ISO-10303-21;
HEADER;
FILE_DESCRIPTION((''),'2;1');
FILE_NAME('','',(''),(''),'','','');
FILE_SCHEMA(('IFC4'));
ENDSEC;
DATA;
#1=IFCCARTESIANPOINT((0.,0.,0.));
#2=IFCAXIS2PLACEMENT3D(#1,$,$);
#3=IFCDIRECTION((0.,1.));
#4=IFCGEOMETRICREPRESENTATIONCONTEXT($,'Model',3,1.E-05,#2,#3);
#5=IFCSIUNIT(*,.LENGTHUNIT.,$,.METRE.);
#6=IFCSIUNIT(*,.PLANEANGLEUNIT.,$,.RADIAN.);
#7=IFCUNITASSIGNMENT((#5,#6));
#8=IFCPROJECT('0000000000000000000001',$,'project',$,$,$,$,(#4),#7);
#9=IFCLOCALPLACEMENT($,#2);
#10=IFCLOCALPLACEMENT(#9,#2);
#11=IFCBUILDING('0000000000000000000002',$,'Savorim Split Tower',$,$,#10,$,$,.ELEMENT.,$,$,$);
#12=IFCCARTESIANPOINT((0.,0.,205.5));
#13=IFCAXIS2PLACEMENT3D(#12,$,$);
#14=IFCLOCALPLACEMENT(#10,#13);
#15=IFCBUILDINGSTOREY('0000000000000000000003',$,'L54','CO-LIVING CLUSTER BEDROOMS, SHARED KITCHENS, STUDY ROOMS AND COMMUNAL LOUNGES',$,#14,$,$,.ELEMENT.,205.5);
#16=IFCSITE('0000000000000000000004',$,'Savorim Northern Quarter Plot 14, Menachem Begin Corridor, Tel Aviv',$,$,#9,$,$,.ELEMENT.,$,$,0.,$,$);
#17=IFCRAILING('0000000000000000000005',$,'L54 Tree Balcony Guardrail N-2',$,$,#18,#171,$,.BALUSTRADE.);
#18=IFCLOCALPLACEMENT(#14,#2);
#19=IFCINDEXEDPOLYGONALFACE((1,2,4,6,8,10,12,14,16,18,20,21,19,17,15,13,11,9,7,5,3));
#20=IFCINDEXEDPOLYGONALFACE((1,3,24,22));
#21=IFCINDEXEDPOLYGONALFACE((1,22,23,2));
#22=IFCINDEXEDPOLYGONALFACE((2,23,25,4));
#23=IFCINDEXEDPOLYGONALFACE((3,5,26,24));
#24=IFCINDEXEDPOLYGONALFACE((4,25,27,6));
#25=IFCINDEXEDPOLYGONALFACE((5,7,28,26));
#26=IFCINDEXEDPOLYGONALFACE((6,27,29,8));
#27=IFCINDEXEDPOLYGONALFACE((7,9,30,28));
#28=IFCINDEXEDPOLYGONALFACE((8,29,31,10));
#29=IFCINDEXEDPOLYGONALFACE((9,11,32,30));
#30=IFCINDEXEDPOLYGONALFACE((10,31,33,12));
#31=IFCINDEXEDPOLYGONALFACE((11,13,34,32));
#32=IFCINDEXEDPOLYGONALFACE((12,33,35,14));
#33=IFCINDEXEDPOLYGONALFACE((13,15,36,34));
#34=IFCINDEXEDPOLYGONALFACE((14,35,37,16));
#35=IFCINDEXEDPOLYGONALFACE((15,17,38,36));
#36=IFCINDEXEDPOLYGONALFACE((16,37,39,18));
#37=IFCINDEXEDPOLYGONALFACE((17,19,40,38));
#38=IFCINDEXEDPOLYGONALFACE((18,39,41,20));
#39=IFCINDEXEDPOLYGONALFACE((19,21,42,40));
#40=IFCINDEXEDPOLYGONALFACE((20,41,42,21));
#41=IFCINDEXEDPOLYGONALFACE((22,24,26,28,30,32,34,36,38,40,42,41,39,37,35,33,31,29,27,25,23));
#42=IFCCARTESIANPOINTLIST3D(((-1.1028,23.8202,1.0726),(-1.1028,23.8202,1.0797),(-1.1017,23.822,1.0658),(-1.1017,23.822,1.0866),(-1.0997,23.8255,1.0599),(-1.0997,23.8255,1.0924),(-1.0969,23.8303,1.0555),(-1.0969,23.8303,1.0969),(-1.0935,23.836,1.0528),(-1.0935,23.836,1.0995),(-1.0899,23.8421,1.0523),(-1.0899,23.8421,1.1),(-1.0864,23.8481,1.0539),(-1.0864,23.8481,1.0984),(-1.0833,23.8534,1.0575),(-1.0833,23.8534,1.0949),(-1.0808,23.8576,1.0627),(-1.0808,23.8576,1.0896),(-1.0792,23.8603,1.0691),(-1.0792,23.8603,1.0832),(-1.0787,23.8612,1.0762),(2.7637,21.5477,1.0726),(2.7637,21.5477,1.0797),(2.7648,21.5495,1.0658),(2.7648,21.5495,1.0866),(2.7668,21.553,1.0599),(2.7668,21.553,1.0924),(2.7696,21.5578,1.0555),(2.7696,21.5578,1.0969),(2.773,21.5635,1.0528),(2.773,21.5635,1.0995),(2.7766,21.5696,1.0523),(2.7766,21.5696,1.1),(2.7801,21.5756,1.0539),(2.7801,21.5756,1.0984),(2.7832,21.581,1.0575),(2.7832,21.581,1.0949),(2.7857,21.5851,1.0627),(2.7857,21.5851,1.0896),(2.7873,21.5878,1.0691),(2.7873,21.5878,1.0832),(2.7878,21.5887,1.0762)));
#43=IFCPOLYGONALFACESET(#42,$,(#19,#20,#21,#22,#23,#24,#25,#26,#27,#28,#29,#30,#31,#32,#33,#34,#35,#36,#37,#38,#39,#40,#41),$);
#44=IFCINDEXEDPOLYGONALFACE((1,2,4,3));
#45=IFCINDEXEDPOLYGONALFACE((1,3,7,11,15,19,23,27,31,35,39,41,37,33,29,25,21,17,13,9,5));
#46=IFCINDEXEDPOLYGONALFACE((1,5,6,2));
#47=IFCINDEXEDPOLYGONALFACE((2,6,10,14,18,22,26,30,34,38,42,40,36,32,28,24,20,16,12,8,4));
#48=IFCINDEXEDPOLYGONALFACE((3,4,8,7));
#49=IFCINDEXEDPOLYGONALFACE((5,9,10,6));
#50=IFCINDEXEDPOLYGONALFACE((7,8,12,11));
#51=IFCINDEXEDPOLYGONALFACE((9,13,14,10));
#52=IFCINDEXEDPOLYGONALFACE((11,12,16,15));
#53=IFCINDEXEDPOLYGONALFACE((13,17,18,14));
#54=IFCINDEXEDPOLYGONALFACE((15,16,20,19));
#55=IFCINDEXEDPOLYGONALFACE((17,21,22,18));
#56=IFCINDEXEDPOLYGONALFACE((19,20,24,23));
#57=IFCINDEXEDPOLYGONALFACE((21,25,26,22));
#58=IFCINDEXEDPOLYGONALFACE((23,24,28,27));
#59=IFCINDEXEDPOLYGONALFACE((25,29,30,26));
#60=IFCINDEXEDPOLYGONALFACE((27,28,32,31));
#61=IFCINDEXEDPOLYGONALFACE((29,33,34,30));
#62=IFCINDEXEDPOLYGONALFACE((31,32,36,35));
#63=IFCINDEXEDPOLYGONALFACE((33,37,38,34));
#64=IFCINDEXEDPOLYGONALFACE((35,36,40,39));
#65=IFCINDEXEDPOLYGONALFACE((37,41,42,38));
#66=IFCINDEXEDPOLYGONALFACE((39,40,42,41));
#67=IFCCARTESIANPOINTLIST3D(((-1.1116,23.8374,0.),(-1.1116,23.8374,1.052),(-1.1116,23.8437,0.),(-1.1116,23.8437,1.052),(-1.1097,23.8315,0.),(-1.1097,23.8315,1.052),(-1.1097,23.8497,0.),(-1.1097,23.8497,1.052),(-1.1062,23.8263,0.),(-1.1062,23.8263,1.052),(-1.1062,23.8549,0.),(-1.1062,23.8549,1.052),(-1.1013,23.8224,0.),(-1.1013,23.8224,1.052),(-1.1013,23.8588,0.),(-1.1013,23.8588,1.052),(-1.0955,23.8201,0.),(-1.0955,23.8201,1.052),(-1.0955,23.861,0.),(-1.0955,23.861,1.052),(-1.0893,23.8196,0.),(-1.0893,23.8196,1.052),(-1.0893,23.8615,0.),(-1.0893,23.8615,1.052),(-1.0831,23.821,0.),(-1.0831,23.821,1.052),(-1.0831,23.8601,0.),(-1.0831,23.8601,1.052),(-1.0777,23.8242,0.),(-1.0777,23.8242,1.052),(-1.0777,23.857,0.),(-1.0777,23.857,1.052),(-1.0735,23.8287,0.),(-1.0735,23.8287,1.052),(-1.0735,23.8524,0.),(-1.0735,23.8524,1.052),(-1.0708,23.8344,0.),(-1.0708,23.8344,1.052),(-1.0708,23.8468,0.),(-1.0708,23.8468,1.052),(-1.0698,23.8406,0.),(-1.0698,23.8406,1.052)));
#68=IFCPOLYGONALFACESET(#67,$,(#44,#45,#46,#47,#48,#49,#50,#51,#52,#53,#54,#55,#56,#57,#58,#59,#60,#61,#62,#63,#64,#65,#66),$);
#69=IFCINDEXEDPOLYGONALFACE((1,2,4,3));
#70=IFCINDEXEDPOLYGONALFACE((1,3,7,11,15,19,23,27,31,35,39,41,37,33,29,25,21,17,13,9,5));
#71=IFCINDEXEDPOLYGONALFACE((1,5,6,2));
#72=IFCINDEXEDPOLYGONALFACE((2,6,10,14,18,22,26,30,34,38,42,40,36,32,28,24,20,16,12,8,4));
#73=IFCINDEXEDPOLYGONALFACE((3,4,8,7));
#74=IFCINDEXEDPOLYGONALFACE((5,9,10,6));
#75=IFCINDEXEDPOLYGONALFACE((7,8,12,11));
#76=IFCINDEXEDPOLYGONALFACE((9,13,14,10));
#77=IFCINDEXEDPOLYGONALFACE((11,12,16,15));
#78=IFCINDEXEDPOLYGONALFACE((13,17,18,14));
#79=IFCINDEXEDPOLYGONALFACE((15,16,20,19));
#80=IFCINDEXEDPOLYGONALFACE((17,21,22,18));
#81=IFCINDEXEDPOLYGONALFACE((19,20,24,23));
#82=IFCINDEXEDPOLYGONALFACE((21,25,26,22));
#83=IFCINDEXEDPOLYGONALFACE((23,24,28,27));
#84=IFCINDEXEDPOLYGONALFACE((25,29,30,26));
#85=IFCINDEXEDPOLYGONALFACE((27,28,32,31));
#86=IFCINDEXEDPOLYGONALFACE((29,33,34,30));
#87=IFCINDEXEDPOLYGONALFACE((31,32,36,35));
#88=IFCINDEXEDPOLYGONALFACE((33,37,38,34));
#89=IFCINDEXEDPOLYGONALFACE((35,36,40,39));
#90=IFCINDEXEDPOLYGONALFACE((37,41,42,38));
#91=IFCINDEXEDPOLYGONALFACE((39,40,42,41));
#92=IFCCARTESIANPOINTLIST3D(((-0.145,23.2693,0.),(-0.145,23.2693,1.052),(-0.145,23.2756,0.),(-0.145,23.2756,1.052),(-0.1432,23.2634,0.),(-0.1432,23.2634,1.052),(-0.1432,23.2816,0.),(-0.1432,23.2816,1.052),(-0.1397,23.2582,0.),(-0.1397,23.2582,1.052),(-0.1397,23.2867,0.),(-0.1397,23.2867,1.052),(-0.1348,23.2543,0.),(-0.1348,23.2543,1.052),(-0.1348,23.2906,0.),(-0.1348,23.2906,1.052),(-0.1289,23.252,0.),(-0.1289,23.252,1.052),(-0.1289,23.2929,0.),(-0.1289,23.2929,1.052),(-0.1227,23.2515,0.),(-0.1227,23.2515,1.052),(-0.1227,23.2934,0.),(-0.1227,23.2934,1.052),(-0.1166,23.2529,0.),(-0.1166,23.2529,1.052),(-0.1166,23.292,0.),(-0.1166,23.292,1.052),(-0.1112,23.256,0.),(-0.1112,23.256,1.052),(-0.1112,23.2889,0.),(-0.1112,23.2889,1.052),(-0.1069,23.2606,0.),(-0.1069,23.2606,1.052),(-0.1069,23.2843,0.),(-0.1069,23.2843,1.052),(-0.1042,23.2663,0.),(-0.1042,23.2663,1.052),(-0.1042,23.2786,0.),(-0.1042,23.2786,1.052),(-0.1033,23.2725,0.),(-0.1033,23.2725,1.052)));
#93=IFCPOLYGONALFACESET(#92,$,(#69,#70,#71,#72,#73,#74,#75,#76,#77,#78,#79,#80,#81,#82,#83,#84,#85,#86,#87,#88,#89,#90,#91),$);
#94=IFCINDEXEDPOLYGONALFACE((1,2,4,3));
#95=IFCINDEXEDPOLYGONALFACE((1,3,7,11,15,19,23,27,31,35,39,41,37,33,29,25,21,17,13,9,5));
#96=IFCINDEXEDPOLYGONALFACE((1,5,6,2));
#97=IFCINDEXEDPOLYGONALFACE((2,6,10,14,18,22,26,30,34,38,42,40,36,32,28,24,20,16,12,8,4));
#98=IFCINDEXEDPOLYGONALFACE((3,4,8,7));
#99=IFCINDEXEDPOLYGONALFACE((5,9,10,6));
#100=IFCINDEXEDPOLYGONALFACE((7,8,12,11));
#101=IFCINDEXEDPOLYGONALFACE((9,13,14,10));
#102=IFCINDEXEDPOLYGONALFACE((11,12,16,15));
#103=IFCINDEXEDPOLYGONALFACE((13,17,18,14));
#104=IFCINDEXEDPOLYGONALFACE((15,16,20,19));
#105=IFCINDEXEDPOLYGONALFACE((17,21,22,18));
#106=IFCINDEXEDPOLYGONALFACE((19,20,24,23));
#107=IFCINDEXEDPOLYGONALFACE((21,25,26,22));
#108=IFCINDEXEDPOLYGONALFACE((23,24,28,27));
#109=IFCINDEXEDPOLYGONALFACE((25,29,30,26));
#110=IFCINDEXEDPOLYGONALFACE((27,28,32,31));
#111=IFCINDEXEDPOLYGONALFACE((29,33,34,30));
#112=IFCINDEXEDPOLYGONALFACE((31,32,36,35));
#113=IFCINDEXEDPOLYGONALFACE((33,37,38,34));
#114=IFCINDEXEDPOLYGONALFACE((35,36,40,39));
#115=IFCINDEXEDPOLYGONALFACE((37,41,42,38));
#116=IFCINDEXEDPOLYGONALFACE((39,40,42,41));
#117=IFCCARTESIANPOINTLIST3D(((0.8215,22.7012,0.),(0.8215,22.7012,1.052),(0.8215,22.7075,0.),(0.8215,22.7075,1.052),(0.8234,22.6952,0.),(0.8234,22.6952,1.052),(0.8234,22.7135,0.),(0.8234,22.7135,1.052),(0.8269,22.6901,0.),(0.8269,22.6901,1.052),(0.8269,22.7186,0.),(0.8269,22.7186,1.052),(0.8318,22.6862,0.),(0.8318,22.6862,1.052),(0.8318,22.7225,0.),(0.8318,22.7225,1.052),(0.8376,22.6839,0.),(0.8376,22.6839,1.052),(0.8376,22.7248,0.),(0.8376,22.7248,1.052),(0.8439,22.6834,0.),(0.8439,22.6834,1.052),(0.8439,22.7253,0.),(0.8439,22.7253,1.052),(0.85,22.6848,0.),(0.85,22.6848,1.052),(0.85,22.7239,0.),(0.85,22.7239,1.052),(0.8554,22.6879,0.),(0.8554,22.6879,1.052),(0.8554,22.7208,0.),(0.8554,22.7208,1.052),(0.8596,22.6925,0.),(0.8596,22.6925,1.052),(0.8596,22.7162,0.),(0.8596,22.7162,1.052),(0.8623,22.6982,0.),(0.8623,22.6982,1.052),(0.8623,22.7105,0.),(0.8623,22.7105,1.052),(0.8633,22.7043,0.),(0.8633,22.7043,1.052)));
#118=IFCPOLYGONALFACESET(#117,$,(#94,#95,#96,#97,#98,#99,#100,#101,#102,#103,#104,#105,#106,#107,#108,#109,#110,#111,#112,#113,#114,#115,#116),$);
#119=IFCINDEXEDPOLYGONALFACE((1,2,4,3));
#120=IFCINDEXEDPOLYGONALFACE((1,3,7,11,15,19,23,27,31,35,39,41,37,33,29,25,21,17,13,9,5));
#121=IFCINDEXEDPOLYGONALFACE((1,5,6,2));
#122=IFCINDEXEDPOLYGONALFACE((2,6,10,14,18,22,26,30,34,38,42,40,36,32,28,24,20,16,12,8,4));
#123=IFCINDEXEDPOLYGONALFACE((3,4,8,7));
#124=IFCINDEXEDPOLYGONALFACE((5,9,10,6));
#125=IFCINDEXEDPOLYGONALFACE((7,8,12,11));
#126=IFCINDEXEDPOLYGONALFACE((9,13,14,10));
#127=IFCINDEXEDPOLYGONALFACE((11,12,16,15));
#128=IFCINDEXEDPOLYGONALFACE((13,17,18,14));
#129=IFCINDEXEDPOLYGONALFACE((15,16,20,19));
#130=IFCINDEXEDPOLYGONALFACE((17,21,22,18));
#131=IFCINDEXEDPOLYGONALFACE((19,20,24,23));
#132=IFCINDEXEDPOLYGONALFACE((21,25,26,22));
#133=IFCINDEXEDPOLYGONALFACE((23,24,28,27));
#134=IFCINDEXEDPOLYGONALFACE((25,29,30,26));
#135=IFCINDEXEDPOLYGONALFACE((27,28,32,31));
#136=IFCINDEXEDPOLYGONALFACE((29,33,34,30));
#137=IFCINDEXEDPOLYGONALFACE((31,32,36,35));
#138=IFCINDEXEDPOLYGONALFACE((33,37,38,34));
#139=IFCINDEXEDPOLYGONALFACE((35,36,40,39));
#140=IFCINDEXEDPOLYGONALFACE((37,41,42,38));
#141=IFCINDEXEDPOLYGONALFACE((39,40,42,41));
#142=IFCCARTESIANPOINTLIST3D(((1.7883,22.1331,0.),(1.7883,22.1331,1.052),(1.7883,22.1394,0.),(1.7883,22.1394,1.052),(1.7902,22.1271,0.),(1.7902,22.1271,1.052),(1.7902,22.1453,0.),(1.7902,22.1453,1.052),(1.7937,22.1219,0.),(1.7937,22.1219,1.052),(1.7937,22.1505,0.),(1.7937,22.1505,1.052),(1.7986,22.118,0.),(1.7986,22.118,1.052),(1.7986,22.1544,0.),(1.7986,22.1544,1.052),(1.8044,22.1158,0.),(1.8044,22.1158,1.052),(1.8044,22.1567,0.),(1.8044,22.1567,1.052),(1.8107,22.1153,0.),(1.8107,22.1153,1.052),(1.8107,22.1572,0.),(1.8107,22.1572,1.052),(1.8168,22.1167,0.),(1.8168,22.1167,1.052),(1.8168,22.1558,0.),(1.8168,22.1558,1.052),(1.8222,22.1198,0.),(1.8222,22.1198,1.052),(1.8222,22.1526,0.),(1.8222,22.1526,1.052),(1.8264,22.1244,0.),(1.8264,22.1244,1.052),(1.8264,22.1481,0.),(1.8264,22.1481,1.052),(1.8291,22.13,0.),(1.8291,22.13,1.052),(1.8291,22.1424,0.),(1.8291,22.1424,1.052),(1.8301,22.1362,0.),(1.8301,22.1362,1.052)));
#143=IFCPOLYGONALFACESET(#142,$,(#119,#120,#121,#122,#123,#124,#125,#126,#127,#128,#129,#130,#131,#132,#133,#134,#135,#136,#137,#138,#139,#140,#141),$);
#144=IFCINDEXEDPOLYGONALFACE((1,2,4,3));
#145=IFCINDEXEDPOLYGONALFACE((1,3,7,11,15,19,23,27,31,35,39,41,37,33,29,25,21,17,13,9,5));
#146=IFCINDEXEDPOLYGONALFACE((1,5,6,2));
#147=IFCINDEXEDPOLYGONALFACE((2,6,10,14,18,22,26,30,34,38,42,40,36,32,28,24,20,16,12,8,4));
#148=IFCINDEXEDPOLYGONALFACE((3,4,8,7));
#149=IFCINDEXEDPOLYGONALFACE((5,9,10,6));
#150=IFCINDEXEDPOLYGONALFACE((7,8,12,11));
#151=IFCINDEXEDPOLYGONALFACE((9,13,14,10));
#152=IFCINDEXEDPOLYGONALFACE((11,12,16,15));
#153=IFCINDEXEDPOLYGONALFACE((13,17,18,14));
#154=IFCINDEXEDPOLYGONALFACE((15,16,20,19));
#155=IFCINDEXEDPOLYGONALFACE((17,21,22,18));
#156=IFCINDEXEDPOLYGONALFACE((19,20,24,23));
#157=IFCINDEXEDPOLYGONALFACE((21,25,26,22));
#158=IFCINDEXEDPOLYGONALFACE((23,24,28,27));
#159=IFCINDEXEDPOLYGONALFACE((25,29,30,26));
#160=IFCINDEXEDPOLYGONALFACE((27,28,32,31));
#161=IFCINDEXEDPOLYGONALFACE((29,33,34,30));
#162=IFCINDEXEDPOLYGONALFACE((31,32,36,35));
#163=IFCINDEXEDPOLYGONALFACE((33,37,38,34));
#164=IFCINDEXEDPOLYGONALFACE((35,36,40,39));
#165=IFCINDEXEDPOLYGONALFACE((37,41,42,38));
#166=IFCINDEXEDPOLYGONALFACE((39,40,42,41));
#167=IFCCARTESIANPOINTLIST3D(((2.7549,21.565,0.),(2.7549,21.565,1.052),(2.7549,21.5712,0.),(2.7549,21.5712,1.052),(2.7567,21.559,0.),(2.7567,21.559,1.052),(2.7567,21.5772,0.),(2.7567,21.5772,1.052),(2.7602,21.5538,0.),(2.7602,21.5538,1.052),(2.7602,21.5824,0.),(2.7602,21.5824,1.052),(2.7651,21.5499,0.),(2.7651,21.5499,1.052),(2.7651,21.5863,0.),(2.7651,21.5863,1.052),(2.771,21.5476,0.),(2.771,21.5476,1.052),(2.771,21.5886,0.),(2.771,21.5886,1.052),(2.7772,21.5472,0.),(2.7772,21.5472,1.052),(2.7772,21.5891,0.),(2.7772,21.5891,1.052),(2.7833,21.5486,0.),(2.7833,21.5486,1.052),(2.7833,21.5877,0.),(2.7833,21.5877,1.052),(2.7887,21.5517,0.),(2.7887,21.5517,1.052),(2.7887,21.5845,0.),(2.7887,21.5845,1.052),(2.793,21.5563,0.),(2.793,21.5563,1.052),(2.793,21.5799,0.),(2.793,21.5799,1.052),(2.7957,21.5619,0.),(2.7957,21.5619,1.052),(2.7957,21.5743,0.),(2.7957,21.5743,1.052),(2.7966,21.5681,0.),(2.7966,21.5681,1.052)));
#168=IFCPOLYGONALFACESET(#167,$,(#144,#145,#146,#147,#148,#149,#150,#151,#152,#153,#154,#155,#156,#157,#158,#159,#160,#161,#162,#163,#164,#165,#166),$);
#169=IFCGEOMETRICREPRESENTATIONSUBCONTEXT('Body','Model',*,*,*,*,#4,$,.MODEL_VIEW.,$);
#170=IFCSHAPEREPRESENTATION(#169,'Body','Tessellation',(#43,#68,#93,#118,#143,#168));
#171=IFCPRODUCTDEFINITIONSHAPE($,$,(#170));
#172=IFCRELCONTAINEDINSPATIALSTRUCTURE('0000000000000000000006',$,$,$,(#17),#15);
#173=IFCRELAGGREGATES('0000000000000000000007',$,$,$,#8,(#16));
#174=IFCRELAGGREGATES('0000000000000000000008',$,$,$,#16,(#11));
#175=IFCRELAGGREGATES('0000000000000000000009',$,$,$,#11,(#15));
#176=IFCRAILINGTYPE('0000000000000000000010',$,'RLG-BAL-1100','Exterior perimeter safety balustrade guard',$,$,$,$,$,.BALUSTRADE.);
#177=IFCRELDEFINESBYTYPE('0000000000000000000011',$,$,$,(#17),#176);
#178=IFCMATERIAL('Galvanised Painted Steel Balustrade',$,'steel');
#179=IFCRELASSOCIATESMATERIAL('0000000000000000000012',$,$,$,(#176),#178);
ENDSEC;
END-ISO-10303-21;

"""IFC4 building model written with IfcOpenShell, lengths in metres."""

from ifc_helpers import new_model, si_unit, direction, frame, origin, origin_2d, place, context, subcontext, project, spatial, circle, extrude, material, type_object, element, save


model = new_model("IFC4")

# Units and contexts
model_context = context("Model", 3, precision=1e-05, world=origin(), true_north=direction((0.0, 1.0)))
body_context = subcontext(model_context, "Body", "Model", "MODEL_VIEW")
ifc_project = project(units=[si_unit("LENGTHUNIT", "METRE"), si_unit("PLANEANGLEUNIT", "RADIAN")], contexts=[model_context])

# Site, building, storey
site_placement = place(None, origin())
site = spatial("IfcSite", under=ifc_project, at=site_placement, Name="Savorim Northern Quarter Plot 14, Menachem Begin Corridor, Tel Aviv", CompositionType="ELEMENT", RefElevation=0.0)
building_placement = place(site_placement, origin())
building = spatial("IfcBuilding", under=site, at=building_placement, Name="Savorim Split Tower", CompositionType="ELEMENT")
storey_placement = place(building_placement, frame((0.0, 0.0, 205.5)))
storey = spatial("IfcBuildingStorey", under=building, at=storey_placement, Name="L54", Description="CO-LIVING CLUSTER BEDROOMS, SHARED KITCHENS, STUDY ROOMS AND COMMUNAL LOUNGES", CompositionType="ELEMENT", Elevation=205.5)

# Railing
ifc_material_1 = material(Name="Galvanised Painted Steel Balustrade", Category="steel")
railing_type = type_object("IfcRailingType", Name="RLG-BAL-1100", Description="Exterior perimeter safety balustrade guard", PredefinedType="BALUSTRADE", material=ifc_material_1)
railing_1_placement = place(storey_placement, frame((-1.0908, 23.8406, 0.0)))
element("IfcRailing", 1, at=railing_1_placement, inside=storey, type_object=railing_type, Name="L54 Tree Balcony Guardrail N-2", PredefinedType="BALUSTRADE", context=body_context, shape_type="SweptSolid", body=[
    extrude(circle(Radius=0.0239, at=origin_2d()), frame((0.0, 0.0, 1.0762), z_axis=(0.862122, -0.506701, 0.0), x_axis=(0.506701, 0.862122, 0.0)), (0.0, 0.0, 1.0), 4.4849),
    extrude(circle(Radius=0.021, at=origin_2d()), origin(), (0.0, 0.0, 1.0), 1.052),
    extrude(circle(Radius=0.021, at=origin_2d()), frame((0.9666, -0.5681, 0.0)), (0.0, 0.0, 1.0), 1.052),
    extrude(circle(Radius=0.021, at=origin_2d()), frame((1.9331, -1.1362, 0.0)), (0.0, 0.0, 1.0), 1.052),
    extrude(circle(Radius=0.021, at=origin_2d()), frame((2.8999, -1.7043, 0.0)), (0.0, 0.0, 1.0), 1.052),
    extrude(circle(Radius=0.021, at=origin_2d()), frame((3.8665, -2.2725, 0.0)), (0.0, 0.0, 1.0), 1.052),
])

save(model, "model.ifc")
